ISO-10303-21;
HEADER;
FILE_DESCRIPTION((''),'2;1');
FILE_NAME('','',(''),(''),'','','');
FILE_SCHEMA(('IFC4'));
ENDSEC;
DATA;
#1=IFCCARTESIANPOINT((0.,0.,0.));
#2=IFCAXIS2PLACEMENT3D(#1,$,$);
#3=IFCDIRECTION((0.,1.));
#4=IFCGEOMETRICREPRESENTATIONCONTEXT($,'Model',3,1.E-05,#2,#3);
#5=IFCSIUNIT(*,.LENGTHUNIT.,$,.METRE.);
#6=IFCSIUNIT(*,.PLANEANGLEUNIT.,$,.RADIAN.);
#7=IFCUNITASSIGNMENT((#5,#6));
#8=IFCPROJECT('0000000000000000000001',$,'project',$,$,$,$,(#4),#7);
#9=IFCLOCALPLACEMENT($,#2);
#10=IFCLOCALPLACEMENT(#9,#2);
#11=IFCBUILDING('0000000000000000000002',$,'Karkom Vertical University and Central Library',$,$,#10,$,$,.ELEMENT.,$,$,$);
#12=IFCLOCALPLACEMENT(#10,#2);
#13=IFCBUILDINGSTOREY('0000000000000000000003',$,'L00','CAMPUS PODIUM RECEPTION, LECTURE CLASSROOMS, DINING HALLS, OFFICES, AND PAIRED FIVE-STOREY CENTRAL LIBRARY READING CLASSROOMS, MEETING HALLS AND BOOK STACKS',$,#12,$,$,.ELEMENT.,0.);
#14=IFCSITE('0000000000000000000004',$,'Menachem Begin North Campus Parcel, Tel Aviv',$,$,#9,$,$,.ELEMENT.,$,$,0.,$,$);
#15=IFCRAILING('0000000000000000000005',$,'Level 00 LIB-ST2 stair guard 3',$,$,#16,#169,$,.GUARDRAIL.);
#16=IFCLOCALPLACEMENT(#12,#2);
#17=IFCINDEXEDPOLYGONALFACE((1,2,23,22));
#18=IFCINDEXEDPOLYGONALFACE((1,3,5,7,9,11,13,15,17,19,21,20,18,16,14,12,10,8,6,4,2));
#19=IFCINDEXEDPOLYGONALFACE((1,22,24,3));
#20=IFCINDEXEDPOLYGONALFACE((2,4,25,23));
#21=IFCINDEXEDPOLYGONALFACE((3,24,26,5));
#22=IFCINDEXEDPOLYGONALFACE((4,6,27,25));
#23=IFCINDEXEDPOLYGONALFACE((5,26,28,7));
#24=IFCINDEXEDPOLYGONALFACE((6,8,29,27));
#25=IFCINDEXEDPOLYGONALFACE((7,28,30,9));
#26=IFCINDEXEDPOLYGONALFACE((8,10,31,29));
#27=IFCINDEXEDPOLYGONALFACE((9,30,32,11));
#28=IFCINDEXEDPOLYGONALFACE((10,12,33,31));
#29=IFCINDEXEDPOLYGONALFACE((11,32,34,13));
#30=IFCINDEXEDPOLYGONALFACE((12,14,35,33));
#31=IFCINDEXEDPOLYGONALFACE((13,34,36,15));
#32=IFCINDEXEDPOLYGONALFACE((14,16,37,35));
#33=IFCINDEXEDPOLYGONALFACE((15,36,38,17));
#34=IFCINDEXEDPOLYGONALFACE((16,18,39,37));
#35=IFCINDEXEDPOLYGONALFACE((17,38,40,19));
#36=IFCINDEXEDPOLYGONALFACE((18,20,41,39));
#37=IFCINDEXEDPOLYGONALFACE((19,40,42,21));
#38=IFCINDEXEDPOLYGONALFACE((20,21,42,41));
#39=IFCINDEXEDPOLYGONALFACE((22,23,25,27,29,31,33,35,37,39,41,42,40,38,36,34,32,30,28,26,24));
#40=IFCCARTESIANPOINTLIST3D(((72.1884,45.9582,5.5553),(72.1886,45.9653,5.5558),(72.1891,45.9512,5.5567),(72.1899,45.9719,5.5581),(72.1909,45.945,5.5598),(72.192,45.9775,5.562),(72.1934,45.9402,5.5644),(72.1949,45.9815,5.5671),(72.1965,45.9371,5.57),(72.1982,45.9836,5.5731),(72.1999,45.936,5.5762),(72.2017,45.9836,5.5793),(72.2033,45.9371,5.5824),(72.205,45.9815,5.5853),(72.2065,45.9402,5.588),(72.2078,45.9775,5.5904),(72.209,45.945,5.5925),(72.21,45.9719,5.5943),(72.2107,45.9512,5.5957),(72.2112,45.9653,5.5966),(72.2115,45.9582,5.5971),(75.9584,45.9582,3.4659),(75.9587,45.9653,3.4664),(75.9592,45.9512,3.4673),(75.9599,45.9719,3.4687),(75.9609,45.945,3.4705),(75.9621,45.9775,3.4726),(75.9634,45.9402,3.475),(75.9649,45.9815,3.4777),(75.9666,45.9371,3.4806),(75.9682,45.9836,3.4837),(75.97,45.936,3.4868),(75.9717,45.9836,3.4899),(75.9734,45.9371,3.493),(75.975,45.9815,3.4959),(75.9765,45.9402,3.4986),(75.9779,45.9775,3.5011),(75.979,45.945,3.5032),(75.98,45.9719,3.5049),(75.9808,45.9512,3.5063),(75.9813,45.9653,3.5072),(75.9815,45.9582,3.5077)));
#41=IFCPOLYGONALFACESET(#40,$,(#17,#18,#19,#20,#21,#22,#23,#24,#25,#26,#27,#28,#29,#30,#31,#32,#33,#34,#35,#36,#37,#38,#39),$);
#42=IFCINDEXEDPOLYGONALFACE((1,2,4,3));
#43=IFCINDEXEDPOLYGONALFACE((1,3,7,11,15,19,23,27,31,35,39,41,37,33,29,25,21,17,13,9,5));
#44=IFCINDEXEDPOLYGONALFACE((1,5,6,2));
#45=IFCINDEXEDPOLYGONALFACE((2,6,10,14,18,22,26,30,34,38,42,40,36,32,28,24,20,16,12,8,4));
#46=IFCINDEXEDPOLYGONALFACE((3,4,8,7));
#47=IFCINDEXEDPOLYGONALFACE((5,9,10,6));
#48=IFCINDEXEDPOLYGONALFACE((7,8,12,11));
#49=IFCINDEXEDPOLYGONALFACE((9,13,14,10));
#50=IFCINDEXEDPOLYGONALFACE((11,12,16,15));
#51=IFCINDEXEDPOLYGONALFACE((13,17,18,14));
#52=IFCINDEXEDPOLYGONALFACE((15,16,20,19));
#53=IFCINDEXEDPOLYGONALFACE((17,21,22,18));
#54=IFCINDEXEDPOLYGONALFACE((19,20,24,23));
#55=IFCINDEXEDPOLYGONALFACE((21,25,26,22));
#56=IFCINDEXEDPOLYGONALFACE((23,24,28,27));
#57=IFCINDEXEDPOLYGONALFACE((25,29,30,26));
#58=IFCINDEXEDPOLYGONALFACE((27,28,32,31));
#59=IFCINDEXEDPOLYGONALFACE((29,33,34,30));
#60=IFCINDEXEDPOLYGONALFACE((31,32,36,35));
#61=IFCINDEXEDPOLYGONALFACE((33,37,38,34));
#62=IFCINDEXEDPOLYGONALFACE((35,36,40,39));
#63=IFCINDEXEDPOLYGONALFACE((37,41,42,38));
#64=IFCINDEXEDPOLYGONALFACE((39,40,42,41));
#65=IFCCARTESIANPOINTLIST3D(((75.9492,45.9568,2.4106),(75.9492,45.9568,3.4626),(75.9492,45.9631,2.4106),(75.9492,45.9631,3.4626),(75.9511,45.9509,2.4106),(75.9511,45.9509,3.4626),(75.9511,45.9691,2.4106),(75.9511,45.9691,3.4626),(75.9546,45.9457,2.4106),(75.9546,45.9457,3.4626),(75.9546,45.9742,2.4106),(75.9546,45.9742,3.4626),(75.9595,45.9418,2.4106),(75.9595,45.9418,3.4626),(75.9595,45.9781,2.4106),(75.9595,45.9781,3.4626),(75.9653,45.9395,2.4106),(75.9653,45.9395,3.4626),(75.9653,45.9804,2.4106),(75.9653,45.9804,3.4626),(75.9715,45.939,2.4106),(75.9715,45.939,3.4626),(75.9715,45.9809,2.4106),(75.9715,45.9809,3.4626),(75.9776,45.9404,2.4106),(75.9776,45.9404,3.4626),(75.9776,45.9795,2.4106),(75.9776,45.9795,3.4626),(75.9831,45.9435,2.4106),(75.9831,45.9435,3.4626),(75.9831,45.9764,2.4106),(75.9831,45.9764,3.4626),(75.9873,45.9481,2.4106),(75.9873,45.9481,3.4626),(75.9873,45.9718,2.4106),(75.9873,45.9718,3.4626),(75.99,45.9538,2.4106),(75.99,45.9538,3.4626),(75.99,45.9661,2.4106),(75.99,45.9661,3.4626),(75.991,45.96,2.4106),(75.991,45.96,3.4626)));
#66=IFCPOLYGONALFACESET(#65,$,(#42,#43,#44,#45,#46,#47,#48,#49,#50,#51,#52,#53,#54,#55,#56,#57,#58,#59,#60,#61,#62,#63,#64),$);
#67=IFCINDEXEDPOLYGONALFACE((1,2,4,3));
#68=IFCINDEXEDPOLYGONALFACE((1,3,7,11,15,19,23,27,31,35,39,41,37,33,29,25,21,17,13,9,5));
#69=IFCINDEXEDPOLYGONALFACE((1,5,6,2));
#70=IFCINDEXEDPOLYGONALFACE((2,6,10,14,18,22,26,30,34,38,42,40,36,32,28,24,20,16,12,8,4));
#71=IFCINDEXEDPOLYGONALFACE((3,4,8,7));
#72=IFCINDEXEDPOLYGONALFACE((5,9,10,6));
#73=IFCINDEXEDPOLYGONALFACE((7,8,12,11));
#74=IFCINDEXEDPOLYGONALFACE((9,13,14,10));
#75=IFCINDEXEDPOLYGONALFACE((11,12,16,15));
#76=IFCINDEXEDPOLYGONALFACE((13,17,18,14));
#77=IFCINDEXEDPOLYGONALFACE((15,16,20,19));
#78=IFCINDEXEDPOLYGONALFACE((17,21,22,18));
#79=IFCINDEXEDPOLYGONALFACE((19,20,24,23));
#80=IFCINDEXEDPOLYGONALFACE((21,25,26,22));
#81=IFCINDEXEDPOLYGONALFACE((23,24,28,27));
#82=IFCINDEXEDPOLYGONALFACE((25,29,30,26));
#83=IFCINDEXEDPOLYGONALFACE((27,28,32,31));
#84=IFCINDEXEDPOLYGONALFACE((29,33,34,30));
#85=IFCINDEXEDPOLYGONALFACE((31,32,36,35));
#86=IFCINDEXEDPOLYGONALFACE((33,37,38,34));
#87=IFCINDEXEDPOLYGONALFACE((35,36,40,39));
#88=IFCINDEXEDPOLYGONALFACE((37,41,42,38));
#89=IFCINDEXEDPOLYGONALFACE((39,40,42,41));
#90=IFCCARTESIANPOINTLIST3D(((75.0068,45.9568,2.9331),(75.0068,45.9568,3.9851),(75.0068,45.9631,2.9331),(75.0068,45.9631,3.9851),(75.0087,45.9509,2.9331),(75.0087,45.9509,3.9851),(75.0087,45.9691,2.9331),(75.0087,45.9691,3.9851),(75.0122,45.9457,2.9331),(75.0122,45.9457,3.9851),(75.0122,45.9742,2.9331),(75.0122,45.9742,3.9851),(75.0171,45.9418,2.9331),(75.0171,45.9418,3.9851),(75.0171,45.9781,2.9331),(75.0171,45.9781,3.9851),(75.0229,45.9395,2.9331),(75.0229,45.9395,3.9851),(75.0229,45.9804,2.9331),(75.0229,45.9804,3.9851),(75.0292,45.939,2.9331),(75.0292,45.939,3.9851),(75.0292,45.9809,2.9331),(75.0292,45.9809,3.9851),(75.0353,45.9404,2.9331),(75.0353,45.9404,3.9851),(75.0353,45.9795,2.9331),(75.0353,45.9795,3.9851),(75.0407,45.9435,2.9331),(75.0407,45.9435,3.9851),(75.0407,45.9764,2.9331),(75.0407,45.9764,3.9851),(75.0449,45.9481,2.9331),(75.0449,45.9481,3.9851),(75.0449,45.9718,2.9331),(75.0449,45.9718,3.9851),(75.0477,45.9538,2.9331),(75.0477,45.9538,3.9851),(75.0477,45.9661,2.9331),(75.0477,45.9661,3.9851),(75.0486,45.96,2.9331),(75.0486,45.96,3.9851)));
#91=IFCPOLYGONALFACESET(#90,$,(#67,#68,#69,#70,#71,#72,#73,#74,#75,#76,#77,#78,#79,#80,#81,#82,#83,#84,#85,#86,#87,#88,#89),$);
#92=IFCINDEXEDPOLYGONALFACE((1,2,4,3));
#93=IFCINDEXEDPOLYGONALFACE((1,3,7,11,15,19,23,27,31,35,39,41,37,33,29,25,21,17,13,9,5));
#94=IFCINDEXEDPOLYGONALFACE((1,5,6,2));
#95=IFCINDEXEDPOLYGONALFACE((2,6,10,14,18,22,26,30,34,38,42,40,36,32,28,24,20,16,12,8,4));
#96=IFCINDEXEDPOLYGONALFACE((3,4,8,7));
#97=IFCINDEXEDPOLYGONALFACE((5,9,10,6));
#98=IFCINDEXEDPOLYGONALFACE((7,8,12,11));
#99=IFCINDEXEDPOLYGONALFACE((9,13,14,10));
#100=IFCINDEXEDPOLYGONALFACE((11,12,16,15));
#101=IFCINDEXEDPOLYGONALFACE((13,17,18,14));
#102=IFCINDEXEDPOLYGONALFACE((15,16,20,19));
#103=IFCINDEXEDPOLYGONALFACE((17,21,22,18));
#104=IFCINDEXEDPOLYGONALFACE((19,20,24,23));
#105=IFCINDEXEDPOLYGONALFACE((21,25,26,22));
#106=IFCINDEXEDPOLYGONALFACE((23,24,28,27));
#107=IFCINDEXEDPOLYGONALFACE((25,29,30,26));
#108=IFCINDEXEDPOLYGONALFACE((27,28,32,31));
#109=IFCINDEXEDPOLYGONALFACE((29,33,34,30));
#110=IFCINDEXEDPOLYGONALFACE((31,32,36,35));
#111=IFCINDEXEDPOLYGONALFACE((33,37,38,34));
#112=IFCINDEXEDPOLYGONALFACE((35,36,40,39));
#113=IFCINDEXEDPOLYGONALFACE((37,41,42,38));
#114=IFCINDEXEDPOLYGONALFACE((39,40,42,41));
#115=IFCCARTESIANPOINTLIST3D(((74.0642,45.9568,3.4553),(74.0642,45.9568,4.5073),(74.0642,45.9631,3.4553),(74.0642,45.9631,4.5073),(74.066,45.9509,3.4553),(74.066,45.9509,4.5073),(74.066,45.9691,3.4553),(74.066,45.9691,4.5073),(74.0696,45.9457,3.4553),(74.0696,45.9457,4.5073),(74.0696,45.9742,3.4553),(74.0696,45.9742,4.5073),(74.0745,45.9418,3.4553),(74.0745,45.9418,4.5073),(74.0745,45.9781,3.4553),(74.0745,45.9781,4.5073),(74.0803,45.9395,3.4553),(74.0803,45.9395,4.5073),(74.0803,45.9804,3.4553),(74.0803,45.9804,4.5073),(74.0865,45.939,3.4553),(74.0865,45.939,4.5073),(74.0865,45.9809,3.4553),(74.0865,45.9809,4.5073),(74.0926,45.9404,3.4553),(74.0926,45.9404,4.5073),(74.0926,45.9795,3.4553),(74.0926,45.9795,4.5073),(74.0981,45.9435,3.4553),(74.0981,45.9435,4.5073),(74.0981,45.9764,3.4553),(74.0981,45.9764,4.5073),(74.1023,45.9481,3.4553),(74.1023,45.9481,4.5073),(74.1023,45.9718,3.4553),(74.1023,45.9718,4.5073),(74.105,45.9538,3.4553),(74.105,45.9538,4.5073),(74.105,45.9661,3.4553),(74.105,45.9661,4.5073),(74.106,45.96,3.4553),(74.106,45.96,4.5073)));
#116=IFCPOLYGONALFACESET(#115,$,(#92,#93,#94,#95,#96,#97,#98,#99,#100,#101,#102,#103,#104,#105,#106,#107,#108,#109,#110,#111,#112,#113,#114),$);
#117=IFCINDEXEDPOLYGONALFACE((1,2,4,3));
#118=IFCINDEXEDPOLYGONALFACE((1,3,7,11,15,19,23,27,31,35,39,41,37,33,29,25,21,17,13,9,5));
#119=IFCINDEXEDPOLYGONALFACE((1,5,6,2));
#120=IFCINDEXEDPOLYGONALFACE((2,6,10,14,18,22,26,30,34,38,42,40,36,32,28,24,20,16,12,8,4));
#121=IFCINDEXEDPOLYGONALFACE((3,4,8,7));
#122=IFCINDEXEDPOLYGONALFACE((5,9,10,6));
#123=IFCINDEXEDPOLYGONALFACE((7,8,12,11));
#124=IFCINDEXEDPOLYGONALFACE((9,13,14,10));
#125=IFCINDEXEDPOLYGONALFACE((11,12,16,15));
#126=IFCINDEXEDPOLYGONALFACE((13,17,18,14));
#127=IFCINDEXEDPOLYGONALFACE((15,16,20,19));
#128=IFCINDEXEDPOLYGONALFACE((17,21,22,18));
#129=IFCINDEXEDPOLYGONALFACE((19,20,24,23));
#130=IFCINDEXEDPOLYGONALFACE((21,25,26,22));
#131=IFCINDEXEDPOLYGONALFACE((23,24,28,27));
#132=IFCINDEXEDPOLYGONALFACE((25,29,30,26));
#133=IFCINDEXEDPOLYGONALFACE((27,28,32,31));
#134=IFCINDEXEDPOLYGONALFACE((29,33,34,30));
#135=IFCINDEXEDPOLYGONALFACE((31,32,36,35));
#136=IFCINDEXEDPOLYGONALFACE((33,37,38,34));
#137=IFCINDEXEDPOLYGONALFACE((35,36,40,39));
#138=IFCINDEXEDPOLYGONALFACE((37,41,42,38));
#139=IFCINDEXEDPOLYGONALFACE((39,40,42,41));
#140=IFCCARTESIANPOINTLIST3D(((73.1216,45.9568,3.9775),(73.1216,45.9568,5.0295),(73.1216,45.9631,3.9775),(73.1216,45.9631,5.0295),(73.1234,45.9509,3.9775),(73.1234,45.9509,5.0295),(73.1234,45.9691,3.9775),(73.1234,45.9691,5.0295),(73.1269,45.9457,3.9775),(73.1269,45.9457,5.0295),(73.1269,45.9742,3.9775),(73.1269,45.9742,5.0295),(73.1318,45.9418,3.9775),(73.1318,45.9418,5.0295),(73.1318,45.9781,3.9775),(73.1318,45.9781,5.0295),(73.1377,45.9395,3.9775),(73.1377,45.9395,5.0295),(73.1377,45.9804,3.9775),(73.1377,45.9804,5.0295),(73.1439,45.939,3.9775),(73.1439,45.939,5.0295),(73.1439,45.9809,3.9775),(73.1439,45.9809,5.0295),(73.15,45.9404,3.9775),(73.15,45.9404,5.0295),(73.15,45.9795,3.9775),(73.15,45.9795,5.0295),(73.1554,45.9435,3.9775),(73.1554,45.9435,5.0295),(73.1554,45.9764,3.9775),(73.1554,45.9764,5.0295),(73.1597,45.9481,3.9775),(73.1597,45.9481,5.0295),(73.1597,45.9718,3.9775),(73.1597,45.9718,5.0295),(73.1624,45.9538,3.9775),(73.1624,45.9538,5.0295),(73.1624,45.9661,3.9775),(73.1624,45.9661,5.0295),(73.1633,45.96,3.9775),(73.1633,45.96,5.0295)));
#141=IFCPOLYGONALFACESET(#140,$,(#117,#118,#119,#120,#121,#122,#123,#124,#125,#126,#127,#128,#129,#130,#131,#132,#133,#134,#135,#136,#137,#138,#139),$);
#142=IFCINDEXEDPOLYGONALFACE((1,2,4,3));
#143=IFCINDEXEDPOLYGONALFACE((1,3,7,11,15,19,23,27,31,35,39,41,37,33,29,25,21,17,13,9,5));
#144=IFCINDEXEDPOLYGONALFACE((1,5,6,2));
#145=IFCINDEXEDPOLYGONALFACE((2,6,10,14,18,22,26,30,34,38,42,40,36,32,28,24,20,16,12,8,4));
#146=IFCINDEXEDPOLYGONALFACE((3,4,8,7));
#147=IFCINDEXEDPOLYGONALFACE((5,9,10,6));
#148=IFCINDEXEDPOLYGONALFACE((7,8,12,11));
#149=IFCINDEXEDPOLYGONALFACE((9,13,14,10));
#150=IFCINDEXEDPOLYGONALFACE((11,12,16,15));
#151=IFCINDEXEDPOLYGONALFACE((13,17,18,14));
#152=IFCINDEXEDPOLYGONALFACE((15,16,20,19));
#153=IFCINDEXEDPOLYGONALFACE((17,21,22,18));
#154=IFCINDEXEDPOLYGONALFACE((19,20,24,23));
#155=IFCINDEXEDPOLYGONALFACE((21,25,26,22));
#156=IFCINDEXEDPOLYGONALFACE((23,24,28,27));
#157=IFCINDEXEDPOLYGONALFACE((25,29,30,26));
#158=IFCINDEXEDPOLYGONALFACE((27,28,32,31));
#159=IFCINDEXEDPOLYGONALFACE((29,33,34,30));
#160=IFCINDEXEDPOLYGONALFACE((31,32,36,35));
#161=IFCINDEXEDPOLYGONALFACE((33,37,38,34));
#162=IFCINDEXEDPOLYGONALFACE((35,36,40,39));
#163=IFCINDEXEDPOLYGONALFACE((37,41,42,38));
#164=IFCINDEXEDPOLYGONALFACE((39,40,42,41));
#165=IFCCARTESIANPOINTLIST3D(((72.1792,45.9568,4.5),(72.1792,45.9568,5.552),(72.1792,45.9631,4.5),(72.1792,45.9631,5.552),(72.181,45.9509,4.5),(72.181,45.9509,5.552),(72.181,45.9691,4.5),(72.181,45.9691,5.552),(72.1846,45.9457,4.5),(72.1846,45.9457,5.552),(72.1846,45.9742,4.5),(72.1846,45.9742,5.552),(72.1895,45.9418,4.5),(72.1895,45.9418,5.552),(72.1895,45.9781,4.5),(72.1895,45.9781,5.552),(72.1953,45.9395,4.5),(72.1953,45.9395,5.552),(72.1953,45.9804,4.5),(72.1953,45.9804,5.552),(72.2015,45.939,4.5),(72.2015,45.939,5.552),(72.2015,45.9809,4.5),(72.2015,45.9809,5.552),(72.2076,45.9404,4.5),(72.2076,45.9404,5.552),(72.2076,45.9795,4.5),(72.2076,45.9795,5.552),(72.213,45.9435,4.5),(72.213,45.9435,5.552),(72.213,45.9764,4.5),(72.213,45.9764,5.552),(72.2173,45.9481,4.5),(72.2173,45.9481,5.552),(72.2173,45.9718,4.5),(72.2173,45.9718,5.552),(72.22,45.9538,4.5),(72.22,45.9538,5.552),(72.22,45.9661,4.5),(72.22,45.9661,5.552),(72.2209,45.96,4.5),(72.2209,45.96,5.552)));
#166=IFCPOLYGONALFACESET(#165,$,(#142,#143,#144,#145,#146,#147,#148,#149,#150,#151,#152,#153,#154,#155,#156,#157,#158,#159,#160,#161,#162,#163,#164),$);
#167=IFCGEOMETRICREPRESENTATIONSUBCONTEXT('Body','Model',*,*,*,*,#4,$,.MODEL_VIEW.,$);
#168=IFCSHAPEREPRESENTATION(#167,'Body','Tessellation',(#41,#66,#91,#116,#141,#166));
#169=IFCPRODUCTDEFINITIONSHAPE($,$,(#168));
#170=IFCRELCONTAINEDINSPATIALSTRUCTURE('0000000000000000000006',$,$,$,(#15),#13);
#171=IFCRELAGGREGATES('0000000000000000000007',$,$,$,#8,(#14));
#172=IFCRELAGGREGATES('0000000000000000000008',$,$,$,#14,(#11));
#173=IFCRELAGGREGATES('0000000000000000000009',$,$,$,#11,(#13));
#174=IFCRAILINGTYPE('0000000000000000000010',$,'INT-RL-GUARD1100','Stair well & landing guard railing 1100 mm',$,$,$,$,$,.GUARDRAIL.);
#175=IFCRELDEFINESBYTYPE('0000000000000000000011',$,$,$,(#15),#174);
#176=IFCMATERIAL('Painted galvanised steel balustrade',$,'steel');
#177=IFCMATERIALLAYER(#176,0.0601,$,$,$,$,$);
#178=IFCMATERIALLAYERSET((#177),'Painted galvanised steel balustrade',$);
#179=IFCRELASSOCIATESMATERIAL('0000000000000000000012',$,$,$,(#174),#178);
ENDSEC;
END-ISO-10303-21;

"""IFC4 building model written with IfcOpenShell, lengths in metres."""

from ifc_helpers import new_model, si_unit, direction, frame, origin, origin_2d, place, context, subcontext, project, spatial, circle, extrude, material, layer, layer_set, type_object, element, save


model = new_model("IFC4")

# Units and contexts
model_context = context("Model", 3, precision=1e-05, world=origin(), true_north=direction((0.0, 1.0)))
body_context = subcontext(model_context, "Body", "Model", "MODEL_VIEW")
ifc_project = project(units=[si_unit("LENGTHUNIT", "METRE"), si_unit("PLANEANGLEUNIT", "RADIAN")], contexts=[model_context])

# Site, building, storey
site_placement = place(None, origin())
site = spatial("IfcSite", under=ifc_project, at=site_placement, Name="Menachem Begin North Campus Parcel, Tel Aviv", CompositionType="ELEMENT", RefElevation=0.0)
building_placement = place(site_placement, origin())
building = spatial("IfcBuilding", under=site, at=building_placement, Name="Karkom Vertical University and Central Library", CompositionType="ELEMENT")
storey_placement = place(building_placement, origin())
storey = spatial("IfcBuildingStorey", under=building, at=storey_placement, Name="L00", Description="CAMPUS PODIUM RECEPTION, LECTURE CLASSROOMS, DINING HALLS, OFFICES, AND PAIRED FIVE-STOREY CENTRAL LIBRARY READING CLASSROOMS, MEETING HALLS AND BOOK STACKS", CompositionType="ELEMENT", Elevation=0.0)

# Railing
ifc_material_1 = material(Name="Painted galvanised steel balustrade", Category="steel")
ifc_layer_1 = layer(ifc_material_1, 0.0601)
ifc_layer_set_1 = layer_set([ifc_layer_1], Name="Painted galvanised steel balustrade")
railing_type_1 = type_object("IfcRailingType", Name="INT-RL-GUARD1100", Description="Stair well & landing guard railing 1100 mm", PredefinedType="GUARDRAIL", material=ifc_layer_set_1)
railing_1_placement = place(storey_placement, frame((75.97, 45.96, 2.4106)))
element("IfcRailing", 1, at=railing_1_placement, inside=storey, type_object=railing_type_1, Name="Level 00 LIB-ST2 stair guard 3", PredefinedType="GUARDRAIL", context=body_context, shape_type="SweptSolid", body=[
    extrude(circle(Radius=0.0239, at=origin_2d()), frame((0.0, 0.0, 1.0762), z_axis=(-0.874659, 0.0, 0.484739), x_axis=(0.0, -1.0, 0.0)), (0.0, 0.0, 1.0), 4.3103),
    extrude(circle(Radius=0.021, at=origin_2d()), origin(), (0.0, 0.0, 1.0), 1.052),
    extrude(circle(Radius=0.021, at=origin_2d()), frame((-0.9424, 0.0, 0.5225)), (0.0, 0.0, 1.0), 1.052),
    extrude(circle(Radius=0.021, at=origin_2d()), frame((-1.885, 0.0, 1.0447)), (0.0, 0.0, 1.0), 1.052),
    extrude(circle(Radius=0.021, at=origin_2d()), frame((-2.8276, 0.0, 1.5669)), (0.0, 0.0, 1.0), 1.052),
    extrude(circle(Radius=0.021, at=origin_2d()), frame((-3.77, 0.0, 2.0894)), (0.0, 0.0, 1.0), 1.052),
])

save(model, "model.ifc")
